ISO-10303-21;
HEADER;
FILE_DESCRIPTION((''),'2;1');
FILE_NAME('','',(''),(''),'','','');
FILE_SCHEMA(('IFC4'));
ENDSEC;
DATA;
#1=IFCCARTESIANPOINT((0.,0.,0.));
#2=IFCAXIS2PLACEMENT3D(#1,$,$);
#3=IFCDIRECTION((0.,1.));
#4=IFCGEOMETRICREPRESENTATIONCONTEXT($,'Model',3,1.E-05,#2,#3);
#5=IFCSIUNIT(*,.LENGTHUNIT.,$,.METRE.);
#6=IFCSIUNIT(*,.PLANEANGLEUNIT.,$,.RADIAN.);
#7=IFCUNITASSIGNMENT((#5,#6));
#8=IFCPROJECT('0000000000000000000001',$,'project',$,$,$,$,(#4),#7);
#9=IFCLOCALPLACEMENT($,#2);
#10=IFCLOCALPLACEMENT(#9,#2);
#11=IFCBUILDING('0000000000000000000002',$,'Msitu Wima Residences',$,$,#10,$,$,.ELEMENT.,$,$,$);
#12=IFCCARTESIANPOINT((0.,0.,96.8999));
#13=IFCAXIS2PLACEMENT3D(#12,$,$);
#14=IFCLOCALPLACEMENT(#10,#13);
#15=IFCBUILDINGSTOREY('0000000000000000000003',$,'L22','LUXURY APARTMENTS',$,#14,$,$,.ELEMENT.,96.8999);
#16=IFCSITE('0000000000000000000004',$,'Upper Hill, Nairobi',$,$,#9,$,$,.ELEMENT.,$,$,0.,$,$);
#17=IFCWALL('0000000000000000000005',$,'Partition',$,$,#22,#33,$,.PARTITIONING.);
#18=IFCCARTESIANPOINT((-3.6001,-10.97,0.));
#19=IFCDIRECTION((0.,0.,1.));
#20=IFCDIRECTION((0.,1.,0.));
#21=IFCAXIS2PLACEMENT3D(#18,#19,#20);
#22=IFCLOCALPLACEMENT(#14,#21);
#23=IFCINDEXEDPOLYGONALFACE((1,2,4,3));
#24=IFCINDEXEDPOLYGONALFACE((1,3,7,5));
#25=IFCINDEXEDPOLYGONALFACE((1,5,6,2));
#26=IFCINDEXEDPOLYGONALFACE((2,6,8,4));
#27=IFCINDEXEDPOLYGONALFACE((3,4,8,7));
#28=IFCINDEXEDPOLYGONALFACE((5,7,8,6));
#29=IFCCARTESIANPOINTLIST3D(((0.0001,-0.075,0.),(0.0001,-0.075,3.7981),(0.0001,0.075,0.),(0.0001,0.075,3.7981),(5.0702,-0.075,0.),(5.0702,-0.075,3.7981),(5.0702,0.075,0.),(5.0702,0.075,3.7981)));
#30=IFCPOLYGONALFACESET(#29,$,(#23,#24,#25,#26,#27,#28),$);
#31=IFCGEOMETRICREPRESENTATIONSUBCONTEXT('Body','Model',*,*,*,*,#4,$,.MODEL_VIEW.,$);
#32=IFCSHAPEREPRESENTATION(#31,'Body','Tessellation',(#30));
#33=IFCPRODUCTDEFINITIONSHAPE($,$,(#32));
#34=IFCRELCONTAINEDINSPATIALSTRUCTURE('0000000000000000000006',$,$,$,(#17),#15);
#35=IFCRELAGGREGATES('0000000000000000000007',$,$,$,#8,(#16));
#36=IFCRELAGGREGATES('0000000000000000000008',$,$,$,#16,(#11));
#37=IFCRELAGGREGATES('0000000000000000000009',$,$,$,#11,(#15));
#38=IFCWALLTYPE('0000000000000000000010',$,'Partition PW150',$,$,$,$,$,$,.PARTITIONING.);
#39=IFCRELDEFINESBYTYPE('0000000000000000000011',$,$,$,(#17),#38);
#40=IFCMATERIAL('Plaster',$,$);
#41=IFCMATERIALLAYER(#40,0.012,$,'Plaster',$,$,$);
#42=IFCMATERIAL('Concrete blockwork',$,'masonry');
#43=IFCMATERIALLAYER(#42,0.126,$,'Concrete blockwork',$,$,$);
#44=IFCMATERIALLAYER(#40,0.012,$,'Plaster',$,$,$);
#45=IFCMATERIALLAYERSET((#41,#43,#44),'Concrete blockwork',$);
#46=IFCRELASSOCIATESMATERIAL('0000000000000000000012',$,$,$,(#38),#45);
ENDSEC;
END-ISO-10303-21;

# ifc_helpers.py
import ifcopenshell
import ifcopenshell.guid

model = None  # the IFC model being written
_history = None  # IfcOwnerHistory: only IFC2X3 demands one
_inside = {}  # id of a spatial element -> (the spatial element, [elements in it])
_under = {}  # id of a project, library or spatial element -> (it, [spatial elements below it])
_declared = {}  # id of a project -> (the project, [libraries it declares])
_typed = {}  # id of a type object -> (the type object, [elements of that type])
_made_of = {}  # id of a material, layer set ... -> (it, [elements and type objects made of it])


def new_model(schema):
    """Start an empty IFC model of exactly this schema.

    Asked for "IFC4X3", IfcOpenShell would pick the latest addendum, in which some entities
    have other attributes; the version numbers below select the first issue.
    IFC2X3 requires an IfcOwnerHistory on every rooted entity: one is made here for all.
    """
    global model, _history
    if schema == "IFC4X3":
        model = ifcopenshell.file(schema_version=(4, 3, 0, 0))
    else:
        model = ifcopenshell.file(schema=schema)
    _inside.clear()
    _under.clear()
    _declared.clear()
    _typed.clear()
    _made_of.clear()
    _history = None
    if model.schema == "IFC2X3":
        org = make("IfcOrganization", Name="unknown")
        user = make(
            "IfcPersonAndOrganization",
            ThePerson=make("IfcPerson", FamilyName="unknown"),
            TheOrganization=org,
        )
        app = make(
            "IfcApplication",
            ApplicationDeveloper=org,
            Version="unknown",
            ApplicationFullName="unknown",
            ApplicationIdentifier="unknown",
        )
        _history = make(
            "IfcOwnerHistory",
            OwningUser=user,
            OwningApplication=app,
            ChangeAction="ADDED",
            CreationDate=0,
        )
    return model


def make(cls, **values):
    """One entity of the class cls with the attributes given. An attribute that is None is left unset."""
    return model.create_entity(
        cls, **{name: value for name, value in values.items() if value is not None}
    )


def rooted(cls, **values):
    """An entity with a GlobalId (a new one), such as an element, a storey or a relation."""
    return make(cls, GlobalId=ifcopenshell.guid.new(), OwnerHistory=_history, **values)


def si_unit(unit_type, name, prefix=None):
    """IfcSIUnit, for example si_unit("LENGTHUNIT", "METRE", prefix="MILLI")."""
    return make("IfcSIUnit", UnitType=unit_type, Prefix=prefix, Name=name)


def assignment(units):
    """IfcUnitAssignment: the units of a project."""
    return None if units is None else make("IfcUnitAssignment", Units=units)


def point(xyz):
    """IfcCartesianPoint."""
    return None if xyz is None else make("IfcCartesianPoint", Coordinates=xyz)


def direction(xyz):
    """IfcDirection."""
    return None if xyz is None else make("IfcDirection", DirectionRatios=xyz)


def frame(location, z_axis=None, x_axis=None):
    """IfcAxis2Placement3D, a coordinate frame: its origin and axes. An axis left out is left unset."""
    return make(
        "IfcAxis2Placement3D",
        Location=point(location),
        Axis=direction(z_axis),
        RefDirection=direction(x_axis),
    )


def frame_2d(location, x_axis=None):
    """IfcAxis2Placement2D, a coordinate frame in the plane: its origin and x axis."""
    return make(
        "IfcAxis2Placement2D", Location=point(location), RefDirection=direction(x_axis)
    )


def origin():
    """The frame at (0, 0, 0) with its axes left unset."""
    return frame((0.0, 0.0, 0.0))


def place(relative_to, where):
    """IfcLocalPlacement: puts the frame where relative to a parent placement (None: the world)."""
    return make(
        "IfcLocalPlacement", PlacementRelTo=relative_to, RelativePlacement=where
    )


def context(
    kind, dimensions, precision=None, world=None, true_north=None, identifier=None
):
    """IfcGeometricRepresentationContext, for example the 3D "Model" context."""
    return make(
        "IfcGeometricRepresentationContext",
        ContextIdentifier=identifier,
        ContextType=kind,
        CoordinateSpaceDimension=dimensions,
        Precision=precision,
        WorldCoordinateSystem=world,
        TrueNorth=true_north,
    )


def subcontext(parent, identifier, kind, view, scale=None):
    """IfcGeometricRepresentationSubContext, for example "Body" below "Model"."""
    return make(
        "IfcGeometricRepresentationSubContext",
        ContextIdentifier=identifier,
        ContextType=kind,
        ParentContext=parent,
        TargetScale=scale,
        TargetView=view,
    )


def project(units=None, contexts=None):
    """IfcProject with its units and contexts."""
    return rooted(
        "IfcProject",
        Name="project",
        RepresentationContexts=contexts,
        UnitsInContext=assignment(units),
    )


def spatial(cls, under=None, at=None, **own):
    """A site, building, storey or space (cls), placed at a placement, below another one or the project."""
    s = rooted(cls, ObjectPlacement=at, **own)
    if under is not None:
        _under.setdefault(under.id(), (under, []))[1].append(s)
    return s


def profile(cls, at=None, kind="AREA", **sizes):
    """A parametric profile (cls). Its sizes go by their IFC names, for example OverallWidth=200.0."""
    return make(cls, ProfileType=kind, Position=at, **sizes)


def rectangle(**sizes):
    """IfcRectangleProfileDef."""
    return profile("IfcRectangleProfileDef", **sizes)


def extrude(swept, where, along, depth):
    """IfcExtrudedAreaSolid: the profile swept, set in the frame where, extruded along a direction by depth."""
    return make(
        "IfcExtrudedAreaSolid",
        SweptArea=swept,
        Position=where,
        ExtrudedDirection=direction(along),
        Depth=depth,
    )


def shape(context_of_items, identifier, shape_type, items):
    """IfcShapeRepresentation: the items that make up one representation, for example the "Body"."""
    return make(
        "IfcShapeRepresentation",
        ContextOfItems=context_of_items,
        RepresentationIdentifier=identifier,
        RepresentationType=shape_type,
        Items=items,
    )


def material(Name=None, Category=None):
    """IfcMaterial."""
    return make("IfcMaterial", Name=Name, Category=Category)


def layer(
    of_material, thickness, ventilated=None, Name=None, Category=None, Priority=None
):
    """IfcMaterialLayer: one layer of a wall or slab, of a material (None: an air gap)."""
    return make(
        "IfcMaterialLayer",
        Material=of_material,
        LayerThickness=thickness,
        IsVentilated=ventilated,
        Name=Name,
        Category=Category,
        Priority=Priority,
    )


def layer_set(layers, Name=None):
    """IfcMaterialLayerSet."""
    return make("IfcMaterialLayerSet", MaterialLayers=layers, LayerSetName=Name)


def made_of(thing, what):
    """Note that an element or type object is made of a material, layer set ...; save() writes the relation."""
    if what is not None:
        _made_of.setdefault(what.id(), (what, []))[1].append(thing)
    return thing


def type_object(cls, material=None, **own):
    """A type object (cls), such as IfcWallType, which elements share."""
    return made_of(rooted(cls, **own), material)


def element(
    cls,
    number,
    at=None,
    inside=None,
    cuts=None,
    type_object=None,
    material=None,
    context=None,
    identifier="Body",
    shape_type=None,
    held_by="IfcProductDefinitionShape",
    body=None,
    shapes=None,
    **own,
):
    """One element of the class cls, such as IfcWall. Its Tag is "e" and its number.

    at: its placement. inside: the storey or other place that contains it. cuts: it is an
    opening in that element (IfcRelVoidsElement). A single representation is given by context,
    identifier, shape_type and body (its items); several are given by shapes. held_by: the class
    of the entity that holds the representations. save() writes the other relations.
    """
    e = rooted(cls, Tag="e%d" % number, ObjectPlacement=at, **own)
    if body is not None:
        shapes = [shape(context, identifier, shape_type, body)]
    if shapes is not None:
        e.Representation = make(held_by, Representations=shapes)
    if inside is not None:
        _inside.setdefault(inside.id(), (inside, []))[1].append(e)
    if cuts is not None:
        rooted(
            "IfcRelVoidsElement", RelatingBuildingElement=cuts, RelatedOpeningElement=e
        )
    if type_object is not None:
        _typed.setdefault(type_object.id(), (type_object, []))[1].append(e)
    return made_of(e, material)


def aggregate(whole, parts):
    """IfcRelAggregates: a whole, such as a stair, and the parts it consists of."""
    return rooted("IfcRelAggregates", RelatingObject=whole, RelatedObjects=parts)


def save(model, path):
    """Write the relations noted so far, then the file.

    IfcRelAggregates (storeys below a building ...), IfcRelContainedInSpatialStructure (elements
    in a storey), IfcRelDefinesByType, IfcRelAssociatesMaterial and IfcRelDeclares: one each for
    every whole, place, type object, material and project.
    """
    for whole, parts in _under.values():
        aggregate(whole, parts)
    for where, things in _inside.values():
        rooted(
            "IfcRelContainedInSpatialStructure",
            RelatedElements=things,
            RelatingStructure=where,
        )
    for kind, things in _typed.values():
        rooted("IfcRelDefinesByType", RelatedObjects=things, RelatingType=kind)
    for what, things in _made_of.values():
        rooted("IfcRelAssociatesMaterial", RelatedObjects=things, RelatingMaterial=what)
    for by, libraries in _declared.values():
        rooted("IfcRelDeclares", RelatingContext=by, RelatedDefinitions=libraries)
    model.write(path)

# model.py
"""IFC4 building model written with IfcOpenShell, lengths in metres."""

from ifc_helpers import new_model, si_unit, direction, frame, frame_2d, origin, place, context, subcontext, project, spatial, rectangle, extrude, material, layer, layer_set, type_object, element, save


model = new_model("IFC4")

# Units and contexts
model_context = context("Model", 3, precision=1e-05, world=origin(), true_north=direction((0.0, 1.0)))
body_context = subcontext(model_context, "Body", "Model", "MODEL_VIEW")
ifc_project = project(units=[si_unit("LENGTHUNIT", "METRE"), si_unit("PLANEANGLEUNIT", "RADIAN")], contexts=[model_context])

# Site, building, storey
site_placement = place(None, origin())
site = spatial("IfcSite", under=ifc_project, at=site_placement, Name="Upper Hill, Nairobi", CompositionType="ELEMENT", RefElevation=0.0)
building_placement = place(site_placement, origin())
building = spatial("IfcBuilding", under=site, at=building_placement, Name="Msitu Wima Residences", CompositionType="ELEMENT")
storey_placement = place(building_placement, frame((0.0, 0.0, 96.8999)))
storey = spatial("IfcBuildingStorey", under=building, at=storey_placement, Name="L22", Description="LUXURY APARTMENTS", CompositionType="ELEMENT", Elevation=96.8999)

# Shared definitions
ifc_material_1 = material(Name="Plaster")
ifc_material_2 = material(Name="Concrete blockwork", Category="masonry")

# Wall
ifc_layer_1 = layer(ifc_material_1, 0.012, Name="Plaster")
ifc_layer_2 = layer(ifc_material_2, 0.126, Name="Concrete blockwork")
ifc_layer_3 = layer(ifc_material_1, 0.012, Name="Plaster")
ifc_layer_set_1 = layer_set([ifc_layer_1, ifc_layer_2, ifc_layer_3], Name="Concrete blockwork")
wall_type_1 = type_object("IfcWallType", Name="Partition PW150", PredefinedType="PARTITIONING", material=ifc_layer_set_1)
wall_1_placement = place(storey_placement, frame((-3.6001, -10.97, 0.0), z_axis=(0.0, 0.0, 1.0), x_axis=(0.0, 1.0, 0.0)))
element("IfcWall", 1, at=wall_1_placement, inside=storey, type_object=wall_type_1, Name="Partition", PredefinedType="PARTITIONING", context=body_context, shape_type="SweptSolid", body=[
    extrude(rectangle(XDim=5.0701, YDim=0.1499, at=frame_2d((2.5352, 0.0))), origin(), (0.0, 0.0, 1.0), 3.7981),
])

save(model, "model.ifc")
